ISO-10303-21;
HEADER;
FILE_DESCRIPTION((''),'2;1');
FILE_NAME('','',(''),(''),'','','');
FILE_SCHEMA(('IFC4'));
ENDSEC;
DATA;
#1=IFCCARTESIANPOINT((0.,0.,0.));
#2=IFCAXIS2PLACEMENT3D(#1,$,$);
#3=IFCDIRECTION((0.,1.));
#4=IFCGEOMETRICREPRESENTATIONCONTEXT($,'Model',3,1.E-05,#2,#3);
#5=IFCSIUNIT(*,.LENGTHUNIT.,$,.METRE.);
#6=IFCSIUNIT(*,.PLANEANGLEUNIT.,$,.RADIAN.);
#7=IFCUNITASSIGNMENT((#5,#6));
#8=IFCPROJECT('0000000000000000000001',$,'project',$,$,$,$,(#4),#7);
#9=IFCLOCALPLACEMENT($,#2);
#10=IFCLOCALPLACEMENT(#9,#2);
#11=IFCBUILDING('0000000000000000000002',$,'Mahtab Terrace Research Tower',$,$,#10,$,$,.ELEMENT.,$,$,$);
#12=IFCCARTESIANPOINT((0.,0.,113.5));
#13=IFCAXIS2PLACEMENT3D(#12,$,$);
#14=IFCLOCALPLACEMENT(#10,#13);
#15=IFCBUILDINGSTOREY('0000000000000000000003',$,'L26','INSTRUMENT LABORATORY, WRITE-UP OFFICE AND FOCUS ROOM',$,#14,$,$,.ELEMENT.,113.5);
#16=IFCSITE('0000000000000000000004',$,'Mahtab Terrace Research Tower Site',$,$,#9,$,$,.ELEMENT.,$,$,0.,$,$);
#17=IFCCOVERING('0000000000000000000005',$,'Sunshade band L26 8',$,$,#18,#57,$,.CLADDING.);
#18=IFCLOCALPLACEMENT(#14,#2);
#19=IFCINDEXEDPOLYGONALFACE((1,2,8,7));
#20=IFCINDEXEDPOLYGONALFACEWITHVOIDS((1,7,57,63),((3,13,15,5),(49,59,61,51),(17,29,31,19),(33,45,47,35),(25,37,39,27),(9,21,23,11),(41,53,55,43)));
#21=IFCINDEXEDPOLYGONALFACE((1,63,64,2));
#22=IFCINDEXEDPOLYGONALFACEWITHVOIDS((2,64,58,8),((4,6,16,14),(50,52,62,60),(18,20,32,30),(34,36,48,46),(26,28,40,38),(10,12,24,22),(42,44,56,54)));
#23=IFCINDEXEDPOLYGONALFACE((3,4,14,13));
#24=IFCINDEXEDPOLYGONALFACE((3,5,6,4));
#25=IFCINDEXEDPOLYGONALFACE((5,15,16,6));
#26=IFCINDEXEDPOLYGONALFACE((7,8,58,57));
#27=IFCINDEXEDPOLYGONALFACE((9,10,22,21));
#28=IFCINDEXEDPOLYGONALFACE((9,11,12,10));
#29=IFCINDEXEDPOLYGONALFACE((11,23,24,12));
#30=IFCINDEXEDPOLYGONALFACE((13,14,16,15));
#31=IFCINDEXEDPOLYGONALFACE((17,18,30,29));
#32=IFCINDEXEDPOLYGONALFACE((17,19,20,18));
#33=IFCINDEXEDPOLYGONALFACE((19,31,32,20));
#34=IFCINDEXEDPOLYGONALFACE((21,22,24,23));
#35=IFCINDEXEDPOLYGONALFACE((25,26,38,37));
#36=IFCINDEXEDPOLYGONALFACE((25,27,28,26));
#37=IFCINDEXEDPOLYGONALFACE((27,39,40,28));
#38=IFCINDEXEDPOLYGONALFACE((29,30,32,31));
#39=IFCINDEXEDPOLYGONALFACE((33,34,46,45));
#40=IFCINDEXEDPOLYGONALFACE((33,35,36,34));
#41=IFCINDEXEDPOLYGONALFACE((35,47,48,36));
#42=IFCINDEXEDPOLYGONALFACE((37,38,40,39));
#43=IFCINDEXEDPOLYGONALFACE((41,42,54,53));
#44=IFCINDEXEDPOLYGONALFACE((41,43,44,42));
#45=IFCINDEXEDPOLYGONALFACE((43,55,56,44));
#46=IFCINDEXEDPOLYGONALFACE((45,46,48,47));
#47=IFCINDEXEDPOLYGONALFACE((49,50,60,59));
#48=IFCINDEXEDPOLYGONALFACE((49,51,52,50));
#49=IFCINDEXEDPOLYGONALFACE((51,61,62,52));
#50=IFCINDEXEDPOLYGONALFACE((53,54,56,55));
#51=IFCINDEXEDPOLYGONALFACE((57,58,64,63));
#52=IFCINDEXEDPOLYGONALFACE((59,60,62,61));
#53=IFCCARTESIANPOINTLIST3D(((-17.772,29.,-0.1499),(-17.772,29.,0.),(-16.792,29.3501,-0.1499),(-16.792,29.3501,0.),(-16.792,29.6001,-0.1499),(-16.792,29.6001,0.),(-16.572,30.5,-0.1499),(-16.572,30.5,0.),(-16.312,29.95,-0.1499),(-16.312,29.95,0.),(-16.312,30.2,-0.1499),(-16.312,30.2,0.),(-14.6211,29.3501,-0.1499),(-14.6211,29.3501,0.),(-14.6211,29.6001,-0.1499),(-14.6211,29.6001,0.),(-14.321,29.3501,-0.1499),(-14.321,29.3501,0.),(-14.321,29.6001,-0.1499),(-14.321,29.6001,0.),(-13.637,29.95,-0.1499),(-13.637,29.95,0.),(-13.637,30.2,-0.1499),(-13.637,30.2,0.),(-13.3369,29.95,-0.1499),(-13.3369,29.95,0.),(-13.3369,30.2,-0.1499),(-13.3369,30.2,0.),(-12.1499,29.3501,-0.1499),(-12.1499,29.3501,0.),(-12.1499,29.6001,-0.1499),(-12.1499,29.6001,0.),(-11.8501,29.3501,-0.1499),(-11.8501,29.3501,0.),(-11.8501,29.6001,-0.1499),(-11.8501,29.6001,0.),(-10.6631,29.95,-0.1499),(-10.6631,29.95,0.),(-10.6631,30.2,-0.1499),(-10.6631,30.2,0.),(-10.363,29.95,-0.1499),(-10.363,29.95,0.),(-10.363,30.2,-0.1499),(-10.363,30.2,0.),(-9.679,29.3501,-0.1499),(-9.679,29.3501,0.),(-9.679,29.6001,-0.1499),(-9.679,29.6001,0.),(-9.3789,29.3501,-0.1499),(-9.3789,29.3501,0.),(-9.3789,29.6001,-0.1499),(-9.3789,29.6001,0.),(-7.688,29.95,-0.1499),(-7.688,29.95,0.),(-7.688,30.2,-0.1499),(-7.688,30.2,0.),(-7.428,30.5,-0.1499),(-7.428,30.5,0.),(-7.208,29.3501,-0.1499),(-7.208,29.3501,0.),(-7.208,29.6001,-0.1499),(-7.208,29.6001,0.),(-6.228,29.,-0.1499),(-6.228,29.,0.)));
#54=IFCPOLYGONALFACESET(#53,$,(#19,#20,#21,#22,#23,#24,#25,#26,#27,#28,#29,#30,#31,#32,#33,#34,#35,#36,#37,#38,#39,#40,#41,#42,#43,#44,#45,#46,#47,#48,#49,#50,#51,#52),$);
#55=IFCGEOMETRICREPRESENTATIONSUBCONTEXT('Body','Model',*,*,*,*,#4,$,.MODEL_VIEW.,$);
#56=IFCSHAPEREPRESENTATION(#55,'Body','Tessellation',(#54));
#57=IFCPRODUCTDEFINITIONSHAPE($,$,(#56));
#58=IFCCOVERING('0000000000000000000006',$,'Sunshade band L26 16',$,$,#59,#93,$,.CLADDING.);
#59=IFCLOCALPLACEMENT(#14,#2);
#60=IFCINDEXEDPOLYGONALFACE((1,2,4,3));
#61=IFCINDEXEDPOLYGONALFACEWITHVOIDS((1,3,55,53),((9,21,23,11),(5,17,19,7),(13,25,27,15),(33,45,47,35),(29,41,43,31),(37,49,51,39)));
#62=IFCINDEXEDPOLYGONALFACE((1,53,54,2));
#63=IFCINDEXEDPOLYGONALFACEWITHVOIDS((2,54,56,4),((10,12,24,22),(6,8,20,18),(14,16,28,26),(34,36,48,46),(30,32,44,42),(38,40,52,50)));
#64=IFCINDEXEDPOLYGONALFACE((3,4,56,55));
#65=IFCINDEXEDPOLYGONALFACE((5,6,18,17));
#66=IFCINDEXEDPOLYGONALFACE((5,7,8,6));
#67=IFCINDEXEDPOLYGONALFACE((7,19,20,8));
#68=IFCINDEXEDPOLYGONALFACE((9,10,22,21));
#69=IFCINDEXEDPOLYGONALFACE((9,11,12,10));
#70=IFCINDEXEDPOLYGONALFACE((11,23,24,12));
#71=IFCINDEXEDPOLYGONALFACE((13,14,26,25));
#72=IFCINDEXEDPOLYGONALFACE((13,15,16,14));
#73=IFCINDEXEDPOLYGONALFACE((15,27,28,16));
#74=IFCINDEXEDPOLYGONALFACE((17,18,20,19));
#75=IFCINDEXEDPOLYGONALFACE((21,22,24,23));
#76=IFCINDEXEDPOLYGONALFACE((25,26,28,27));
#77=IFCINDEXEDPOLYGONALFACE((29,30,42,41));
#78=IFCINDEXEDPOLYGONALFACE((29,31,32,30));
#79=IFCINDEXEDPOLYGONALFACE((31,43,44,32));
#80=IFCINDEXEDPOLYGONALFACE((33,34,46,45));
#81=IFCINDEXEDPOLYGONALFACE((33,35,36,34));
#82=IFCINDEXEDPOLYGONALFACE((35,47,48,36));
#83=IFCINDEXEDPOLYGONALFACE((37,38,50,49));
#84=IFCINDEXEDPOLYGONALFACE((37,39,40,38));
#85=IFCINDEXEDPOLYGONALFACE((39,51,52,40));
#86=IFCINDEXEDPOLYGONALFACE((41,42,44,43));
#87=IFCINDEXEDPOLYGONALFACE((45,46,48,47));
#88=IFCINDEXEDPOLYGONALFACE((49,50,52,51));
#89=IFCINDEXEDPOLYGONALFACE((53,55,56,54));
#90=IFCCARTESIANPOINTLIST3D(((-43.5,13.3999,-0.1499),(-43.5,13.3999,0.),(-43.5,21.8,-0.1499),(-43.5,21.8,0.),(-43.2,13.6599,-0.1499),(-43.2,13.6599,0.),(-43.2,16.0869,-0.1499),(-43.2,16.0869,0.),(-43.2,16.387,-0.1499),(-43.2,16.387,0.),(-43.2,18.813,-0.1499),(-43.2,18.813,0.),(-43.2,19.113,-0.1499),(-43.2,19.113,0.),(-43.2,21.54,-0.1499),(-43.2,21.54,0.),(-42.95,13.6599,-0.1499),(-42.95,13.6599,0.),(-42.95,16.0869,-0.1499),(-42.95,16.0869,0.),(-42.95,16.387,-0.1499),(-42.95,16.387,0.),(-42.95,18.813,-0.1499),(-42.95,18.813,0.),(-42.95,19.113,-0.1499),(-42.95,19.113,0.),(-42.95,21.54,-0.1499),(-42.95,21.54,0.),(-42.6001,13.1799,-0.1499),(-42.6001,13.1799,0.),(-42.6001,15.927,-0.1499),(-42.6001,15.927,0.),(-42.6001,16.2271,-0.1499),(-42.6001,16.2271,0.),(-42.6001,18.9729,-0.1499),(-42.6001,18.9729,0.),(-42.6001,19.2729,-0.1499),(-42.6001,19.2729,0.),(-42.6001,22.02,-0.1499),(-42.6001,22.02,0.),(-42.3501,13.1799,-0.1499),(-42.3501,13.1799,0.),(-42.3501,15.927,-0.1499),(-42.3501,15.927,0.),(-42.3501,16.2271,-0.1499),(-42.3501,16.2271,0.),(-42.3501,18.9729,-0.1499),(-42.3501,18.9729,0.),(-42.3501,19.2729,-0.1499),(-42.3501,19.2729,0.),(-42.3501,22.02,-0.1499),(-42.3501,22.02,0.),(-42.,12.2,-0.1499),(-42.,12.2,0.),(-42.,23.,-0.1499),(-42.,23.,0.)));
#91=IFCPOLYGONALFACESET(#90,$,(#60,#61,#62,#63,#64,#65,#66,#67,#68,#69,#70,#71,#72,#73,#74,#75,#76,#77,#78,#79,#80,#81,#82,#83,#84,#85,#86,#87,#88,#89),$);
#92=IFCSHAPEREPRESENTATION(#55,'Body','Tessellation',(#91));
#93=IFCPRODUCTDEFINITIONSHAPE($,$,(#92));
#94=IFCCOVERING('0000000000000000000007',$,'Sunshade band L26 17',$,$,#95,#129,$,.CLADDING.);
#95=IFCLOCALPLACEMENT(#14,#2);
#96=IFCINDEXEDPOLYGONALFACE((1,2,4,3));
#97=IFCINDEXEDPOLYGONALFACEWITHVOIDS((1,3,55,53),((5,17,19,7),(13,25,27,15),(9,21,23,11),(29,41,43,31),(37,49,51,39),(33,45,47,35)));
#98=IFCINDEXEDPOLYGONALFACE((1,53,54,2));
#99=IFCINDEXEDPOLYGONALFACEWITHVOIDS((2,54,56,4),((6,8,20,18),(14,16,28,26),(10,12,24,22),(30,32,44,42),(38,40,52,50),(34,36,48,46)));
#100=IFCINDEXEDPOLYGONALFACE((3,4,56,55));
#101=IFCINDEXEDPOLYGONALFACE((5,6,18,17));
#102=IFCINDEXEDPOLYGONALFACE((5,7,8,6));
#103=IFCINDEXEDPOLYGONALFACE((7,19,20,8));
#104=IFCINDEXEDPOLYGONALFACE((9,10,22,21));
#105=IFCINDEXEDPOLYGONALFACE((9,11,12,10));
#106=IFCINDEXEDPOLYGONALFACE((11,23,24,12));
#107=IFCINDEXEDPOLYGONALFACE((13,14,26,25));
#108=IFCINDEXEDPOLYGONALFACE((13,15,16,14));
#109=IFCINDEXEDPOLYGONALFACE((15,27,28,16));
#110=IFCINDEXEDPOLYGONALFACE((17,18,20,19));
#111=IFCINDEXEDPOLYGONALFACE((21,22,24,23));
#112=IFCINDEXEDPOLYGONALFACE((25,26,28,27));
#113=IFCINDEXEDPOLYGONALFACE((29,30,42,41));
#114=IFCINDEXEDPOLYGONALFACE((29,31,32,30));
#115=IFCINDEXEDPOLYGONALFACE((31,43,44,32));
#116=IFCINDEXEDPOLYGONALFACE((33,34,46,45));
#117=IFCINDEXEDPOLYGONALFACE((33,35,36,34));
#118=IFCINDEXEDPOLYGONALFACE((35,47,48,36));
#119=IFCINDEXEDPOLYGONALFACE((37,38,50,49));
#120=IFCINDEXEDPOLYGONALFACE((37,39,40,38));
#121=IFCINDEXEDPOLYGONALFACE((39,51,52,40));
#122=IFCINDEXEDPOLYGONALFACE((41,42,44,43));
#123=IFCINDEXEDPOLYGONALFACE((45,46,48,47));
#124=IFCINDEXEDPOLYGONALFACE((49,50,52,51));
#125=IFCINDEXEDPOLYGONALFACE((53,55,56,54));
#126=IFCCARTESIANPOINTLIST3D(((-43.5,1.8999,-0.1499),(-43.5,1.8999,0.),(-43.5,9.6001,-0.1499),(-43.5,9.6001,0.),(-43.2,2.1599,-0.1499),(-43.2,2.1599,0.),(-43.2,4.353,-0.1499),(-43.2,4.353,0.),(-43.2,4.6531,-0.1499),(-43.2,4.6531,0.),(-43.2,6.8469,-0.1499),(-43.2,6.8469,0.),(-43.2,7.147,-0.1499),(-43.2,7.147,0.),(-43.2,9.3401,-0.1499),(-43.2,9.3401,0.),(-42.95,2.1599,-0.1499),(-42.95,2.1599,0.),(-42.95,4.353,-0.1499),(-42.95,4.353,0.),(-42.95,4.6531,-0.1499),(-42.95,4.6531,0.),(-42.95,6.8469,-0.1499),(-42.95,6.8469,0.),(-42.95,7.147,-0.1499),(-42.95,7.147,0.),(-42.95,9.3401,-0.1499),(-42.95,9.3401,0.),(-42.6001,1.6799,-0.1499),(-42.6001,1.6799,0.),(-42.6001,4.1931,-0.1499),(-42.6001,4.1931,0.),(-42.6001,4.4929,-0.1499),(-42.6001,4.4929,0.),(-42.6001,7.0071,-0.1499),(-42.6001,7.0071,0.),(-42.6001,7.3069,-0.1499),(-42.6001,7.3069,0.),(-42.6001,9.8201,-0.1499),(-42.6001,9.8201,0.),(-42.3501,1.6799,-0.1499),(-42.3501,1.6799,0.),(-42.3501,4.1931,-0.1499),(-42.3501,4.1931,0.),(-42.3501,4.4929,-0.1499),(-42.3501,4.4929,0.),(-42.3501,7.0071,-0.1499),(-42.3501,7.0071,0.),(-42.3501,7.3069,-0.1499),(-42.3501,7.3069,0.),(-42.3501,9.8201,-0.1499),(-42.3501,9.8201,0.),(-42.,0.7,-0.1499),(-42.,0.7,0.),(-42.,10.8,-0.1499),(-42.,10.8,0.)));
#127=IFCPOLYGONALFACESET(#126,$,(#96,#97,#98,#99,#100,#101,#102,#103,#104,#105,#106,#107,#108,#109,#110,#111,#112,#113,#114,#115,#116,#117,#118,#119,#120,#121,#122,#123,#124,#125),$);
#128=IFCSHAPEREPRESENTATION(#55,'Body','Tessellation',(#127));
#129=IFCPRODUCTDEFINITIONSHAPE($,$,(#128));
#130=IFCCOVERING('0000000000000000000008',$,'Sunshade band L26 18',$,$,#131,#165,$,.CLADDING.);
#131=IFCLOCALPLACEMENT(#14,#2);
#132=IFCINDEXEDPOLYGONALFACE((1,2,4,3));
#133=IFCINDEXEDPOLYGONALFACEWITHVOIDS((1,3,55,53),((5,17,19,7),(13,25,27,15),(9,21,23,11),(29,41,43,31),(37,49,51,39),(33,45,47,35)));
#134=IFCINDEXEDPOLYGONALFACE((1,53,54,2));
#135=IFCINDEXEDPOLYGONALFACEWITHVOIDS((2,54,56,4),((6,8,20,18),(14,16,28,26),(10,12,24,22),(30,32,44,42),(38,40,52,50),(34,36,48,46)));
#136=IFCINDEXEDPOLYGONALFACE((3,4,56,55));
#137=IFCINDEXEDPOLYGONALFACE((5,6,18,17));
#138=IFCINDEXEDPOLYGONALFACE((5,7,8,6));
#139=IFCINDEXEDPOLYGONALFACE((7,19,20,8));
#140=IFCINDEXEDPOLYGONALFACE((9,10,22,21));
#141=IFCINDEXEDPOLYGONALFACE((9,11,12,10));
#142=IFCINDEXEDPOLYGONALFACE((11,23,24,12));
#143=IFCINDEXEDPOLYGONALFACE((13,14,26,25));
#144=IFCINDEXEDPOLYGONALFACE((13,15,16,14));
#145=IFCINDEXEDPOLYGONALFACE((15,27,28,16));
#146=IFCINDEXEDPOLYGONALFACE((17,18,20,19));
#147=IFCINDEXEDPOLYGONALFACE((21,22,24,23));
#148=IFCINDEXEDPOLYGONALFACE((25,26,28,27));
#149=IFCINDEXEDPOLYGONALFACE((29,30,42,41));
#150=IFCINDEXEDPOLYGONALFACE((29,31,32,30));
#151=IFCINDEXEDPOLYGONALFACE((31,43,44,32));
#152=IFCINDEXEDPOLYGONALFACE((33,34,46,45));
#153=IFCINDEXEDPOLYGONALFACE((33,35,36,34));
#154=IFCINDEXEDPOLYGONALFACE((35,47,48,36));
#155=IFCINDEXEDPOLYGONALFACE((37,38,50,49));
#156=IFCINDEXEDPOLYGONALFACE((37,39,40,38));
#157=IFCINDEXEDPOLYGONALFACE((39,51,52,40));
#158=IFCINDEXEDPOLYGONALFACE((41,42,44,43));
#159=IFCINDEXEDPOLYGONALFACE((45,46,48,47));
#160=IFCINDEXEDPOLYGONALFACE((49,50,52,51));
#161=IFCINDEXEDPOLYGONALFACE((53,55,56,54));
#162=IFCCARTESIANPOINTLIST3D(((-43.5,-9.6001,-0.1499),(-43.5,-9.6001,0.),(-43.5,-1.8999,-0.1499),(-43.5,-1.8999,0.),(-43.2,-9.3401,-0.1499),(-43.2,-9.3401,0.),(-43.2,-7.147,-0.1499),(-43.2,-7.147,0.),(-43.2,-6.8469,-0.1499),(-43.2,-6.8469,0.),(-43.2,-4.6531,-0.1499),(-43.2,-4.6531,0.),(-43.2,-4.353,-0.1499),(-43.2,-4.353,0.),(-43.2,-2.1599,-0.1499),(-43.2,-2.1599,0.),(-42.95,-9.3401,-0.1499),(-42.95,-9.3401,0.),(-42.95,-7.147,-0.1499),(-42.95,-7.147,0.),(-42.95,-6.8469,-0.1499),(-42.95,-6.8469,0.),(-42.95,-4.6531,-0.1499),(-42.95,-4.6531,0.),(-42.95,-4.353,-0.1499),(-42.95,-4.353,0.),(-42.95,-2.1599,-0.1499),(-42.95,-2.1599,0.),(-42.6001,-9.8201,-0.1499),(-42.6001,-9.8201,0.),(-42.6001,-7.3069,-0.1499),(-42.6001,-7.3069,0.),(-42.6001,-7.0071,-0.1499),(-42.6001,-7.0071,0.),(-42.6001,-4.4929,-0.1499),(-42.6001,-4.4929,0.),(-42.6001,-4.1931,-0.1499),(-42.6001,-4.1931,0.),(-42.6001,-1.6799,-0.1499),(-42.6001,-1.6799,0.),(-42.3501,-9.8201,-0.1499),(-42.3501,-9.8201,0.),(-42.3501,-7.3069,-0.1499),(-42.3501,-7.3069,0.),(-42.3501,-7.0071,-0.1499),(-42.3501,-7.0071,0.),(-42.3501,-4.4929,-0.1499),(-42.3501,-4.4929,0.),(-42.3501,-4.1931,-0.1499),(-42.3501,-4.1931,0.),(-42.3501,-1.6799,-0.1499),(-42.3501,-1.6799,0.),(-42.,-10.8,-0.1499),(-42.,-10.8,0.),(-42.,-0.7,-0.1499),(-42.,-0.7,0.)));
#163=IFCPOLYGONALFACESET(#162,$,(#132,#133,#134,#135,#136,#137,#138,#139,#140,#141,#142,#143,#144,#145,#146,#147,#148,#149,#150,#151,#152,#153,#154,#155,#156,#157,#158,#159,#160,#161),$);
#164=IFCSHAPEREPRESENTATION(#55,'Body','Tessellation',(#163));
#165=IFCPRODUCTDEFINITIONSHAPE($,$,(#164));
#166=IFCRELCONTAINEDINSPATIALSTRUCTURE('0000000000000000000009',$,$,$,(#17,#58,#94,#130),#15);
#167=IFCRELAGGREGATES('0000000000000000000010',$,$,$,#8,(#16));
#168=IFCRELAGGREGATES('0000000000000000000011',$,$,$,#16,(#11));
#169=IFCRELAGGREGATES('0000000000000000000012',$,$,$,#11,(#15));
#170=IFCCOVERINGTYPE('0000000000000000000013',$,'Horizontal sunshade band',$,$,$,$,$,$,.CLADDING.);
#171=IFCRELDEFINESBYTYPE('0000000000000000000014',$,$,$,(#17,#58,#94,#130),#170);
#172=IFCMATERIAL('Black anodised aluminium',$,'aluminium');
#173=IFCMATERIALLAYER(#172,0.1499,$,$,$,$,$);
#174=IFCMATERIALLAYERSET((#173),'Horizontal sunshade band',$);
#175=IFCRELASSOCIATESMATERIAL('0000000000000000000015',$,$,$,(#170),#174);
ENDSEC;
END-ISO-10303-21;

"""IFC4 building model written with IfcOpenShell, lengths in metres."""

from ifc_helpers import new_model, si_unit, direction, frame, origin, place, context, subcontext, project, spatial, polyline, outline, extrude, material, layer, layer_set, type_object, element, save


model = new_model("IFC4")

# Units and contexts
model_context = context("Model", 3, precision=1e-05, world=origin(), true_north=direction((0.0, 1.0)))
body_context = subcontext(model_context, "Body", "Model", "MODEL_VIEW")
ifc_project = project(units=[si_unit("LENGTHUNIT", "METRE"), si_unit("PLANEANGLEUNIT", "RADIAN")], contexts=[model_context])

# Site, building, storey
site_placement = place(None, origin())
site = spatial("IfcSite", under=ifc_project, at=site_placement, Name="Mahtab Terrace Research Tower Site", CompositionType="ELEMENT", RefElevation=0.0)
building_placement = place(site_placement, origin())
building = spatial("IfcBuilding", under=site, at=building_placement, Name="Mahtab Terrace Research Tower", CompositionType="ELEMENT")
storey_placement = place(building_placement, frame((0.0, 0.0, 113.5)))
storey = spatial("IfcBuildingStorey", under=building, at=storey_placement, Name="L26", Description="INSTRUMENT LABORATORY, WRITE-UP OFFICE AND FOCUS ROOM", CompositionType="ELEMENT", Elevation=113.5)

# Coverings
ifc_material_1 = material(Name="Black anodised aluminium", Category="aluminium")
ifc_layer_1 = layer(ifc_material_1, 0.1499)
ifc_layer_set_1 = layer_set([ifc_layer_1], Name="Horizontal sunshade band")
covering_type_1 = type_object("IfcCoveringType", Name="Horizontal sunshade band", PredefinedType="CLADDING", material=ifc_layer_set_1)
covering_1_placement = place(storey_placement, frame((0.0, 0.0, -0.1499)))
element("IfcCovering", 1, at=covering_1_placement, inside=storey, type_object=covering_type_1, Name="Sunshade band L26 8", PredefinedType="CLADDING", context=body_context, shape_type="SweptSolid", body=[
    extrude(outline(polyline([(-6.228, 29.0), (-17.772, 29.0), (-16.572, 30.5), (-7.428, 30.5), (-6.228, 29.0)]), holes=[polyline([(-7.208, 29.3501), (-9.3789, 29.3501), (-9.3789, 29.6001), (-7.208, 29.6001), (-7.208, 29.3501)]), polyline([(-9.679, 29.3501), (-11.8501, 29.3501), (-11.8501, 29.6001), (-9.679, 29.6001), (-9.679, 29.3501)]), polyline([(-12.1499, 29.3501), (-14.321, 29.3501), (-14.321, 29.6001), (-12.1499, 29.6001), (-12.1499, 29.3501)]), polyline([(-14.6211, 29.3501), (-16.792, 29.3501), (-16.792, 29.6001), (-14.6211, 29.6001), (-14.6211, 29.3501)]), polyline([(-7.688, 29.95), (-10.363, 29.95), (-10.363, 30.2), (-7.688, 30.2), (-7.688, 29.95)]), polyline([(-10.6631, 29.95), (-13.3369, 29.95), (-13.3369, 30.2), (-10.6631, 30.2), (-10.6631, 29.95)]), polyline([(-13.637, 29.95), (-16.312, 29.95), (-16.312, 30.2), (-13.637, 30.2), (-13.637, 29.95)])]), origin(), (0.0, 0.0, 1.0), 0.1499),
])
covering_2_placement = place(storey_placement, frame((0.0, 0.0, -0.1499)))
element("IfcCovering", 2, at=covering_2_placement, inside=storey, type_object=covering_type_1, Name="Sunshade band L26 16", PredefinedType="CLADDING", context=body_context, shape_type="SweptSolid", body=[
    extrude(outline(polyline([(-42.0, 23.0), (-42.0, 12.2), (-43.5, 13.3999), (-43.5, 21.8), (-42.0, 23.0)]), holes=[polyline([(-42.3501, 22.02), (-42.3501, 19.2729), (-42.6001, 19.2729), (-42.6001, 22.02), (-42.3501, 22.02)]), polyline([(-42.3501, 18.9729), (-42.3501, 16.2271), (-42.6001, 16.2271), (-42.6001, 18.9729), (-42.3501, 18.9729)]), polyline([(-42.3501, 15.927), (-42.3501, 13.1799), (-42.6001, 13.1799), (-42.6001, 15.927), (-42.3501, 15.927)]), polyline([(-42.95, 21.54), (-42.95, 19.113), (-43.2, 19.113), (-43.2, 21.54), (-42.95, 21.54)]), polyline([(-42.95, 18.813), (-42.95, 16.387), (-43.2, 16.387), (-43.2, 18.813), (-42.95, 18.813)]), polyline([(-42.95, 16.0869), (-42.95, 13.6599), (-43.2, 13.6599), (-43.2, 16.0869), (-42.95, 16.0869)])]), origin(), (0.0, 0.0, 1.0), 0.1499),
])
covering_3_placement = place(storey_placement, frame((0.0, 0.0, -0.1499)))
element("IfcCovering", 3, at=covering_3_placement, inside=storey, type_object=covering_type_1, Name="Sunshade band L26 17", PredefinedType="CLADDING", context=body_context, shape_type="SweptSolid", body=[
    extrude(outline(polyline([(-42.0, 10.8), (-42.0, 0.7), (-43.5, 1.8999), (-43.5, 9.6001), (-42.0, 10.8)]), holes=[polyline([(-42.3501, 9.8201), (-42.3501, 7.3069), (-42.6001, 7.3069), (-42.6001, 9.8201), (-42.3501, 9.8201)]), polyline([(-42.3501, 7.0071), (-42.3501, 4.4929), (-42.6001, 4.4929), (-42.6001, 7.0071), (-42.3501, 7.0071)]), polyline([(-42.3501, 4.1931), (-42.3501, 1.6799), (-42.6001, 1.6799), (-42.6001, 4.1931), (-42.3501, 4.1931)]), polyline([(-42.95, 9.3401), (-42.95, 7.147), (-43.2, 7.147), (-43.2, 9.3401), (-42.95, 9.3401)]), polyline([(-42.95, 6.8469), (-42.95, 4.6531), (-43.2, 4.6531), (-43.2, 6.8469), (-42.95, 6.8469)]), polyline([(-42.95, 4.353), (-42.95, 2.1599), (-43.2, 2.1599), (-43.2, 4.353), (-42.95, 4.353)])]), origin(), (0.0, 0.0, 1.0), 0.1499),
])
covering_4_placement = place(storey_placement, frame((0.0, 0.0, -0.1499)))
element("IfcCovering", 4, at=covering_4_placement, inside=storey, type_object=covering_type_1, Name="Sunshade band L26 18", PredefinedType="CLADDING", context=body_context, shape_type="SweptSolid", body=[
    extrude(outline(polyline([(-42.0, -0.7), (-42.0, -10.8), (-43.5, -9.6001), (-43.5, -1.8999), (-42.0, -0.7)]), holes=[polyline([(-42.3501, -1.6799), (-42.3501, -4.1931), (-42.6001, -4.1931), (-42.6001, -1.6799), (-42.3501, -1.6799)]), polyline([(-42.3501, -4.4929), (-42.3501, -7.0071), (-42.6001, -7.0071), (-42.6001, -4.4929), (-42.3501, -4.4929)]), polyline([(-42.3501, -7.3069), (-42.3501, -9.8201), (-42.6001, -9.8201), (-42.6001, -7.3069), (-42.3501, -7.3069)]), polyline([(-42.95, -2.1599), (-42.95, -4.353), (-43.2, -4.353), (-43.2, -2.1599), (-42.95, -2.1599)]), polyline([(-42.95, -4.6531), (-42.95, -6.8469), (-43.2, -6.8469), (-43.2, -4.6531), (-42.95, -4.6531)]), polyline([(-42.95, -7.147), (-42.95, -9.3401), (-43.2, -9.3401), (-43.2, -7.147), (-42.95, -7.147)])]), origin(), (0.0, 0.0, 1.0), 0.1499),
])

save(model, "model.ifc")
